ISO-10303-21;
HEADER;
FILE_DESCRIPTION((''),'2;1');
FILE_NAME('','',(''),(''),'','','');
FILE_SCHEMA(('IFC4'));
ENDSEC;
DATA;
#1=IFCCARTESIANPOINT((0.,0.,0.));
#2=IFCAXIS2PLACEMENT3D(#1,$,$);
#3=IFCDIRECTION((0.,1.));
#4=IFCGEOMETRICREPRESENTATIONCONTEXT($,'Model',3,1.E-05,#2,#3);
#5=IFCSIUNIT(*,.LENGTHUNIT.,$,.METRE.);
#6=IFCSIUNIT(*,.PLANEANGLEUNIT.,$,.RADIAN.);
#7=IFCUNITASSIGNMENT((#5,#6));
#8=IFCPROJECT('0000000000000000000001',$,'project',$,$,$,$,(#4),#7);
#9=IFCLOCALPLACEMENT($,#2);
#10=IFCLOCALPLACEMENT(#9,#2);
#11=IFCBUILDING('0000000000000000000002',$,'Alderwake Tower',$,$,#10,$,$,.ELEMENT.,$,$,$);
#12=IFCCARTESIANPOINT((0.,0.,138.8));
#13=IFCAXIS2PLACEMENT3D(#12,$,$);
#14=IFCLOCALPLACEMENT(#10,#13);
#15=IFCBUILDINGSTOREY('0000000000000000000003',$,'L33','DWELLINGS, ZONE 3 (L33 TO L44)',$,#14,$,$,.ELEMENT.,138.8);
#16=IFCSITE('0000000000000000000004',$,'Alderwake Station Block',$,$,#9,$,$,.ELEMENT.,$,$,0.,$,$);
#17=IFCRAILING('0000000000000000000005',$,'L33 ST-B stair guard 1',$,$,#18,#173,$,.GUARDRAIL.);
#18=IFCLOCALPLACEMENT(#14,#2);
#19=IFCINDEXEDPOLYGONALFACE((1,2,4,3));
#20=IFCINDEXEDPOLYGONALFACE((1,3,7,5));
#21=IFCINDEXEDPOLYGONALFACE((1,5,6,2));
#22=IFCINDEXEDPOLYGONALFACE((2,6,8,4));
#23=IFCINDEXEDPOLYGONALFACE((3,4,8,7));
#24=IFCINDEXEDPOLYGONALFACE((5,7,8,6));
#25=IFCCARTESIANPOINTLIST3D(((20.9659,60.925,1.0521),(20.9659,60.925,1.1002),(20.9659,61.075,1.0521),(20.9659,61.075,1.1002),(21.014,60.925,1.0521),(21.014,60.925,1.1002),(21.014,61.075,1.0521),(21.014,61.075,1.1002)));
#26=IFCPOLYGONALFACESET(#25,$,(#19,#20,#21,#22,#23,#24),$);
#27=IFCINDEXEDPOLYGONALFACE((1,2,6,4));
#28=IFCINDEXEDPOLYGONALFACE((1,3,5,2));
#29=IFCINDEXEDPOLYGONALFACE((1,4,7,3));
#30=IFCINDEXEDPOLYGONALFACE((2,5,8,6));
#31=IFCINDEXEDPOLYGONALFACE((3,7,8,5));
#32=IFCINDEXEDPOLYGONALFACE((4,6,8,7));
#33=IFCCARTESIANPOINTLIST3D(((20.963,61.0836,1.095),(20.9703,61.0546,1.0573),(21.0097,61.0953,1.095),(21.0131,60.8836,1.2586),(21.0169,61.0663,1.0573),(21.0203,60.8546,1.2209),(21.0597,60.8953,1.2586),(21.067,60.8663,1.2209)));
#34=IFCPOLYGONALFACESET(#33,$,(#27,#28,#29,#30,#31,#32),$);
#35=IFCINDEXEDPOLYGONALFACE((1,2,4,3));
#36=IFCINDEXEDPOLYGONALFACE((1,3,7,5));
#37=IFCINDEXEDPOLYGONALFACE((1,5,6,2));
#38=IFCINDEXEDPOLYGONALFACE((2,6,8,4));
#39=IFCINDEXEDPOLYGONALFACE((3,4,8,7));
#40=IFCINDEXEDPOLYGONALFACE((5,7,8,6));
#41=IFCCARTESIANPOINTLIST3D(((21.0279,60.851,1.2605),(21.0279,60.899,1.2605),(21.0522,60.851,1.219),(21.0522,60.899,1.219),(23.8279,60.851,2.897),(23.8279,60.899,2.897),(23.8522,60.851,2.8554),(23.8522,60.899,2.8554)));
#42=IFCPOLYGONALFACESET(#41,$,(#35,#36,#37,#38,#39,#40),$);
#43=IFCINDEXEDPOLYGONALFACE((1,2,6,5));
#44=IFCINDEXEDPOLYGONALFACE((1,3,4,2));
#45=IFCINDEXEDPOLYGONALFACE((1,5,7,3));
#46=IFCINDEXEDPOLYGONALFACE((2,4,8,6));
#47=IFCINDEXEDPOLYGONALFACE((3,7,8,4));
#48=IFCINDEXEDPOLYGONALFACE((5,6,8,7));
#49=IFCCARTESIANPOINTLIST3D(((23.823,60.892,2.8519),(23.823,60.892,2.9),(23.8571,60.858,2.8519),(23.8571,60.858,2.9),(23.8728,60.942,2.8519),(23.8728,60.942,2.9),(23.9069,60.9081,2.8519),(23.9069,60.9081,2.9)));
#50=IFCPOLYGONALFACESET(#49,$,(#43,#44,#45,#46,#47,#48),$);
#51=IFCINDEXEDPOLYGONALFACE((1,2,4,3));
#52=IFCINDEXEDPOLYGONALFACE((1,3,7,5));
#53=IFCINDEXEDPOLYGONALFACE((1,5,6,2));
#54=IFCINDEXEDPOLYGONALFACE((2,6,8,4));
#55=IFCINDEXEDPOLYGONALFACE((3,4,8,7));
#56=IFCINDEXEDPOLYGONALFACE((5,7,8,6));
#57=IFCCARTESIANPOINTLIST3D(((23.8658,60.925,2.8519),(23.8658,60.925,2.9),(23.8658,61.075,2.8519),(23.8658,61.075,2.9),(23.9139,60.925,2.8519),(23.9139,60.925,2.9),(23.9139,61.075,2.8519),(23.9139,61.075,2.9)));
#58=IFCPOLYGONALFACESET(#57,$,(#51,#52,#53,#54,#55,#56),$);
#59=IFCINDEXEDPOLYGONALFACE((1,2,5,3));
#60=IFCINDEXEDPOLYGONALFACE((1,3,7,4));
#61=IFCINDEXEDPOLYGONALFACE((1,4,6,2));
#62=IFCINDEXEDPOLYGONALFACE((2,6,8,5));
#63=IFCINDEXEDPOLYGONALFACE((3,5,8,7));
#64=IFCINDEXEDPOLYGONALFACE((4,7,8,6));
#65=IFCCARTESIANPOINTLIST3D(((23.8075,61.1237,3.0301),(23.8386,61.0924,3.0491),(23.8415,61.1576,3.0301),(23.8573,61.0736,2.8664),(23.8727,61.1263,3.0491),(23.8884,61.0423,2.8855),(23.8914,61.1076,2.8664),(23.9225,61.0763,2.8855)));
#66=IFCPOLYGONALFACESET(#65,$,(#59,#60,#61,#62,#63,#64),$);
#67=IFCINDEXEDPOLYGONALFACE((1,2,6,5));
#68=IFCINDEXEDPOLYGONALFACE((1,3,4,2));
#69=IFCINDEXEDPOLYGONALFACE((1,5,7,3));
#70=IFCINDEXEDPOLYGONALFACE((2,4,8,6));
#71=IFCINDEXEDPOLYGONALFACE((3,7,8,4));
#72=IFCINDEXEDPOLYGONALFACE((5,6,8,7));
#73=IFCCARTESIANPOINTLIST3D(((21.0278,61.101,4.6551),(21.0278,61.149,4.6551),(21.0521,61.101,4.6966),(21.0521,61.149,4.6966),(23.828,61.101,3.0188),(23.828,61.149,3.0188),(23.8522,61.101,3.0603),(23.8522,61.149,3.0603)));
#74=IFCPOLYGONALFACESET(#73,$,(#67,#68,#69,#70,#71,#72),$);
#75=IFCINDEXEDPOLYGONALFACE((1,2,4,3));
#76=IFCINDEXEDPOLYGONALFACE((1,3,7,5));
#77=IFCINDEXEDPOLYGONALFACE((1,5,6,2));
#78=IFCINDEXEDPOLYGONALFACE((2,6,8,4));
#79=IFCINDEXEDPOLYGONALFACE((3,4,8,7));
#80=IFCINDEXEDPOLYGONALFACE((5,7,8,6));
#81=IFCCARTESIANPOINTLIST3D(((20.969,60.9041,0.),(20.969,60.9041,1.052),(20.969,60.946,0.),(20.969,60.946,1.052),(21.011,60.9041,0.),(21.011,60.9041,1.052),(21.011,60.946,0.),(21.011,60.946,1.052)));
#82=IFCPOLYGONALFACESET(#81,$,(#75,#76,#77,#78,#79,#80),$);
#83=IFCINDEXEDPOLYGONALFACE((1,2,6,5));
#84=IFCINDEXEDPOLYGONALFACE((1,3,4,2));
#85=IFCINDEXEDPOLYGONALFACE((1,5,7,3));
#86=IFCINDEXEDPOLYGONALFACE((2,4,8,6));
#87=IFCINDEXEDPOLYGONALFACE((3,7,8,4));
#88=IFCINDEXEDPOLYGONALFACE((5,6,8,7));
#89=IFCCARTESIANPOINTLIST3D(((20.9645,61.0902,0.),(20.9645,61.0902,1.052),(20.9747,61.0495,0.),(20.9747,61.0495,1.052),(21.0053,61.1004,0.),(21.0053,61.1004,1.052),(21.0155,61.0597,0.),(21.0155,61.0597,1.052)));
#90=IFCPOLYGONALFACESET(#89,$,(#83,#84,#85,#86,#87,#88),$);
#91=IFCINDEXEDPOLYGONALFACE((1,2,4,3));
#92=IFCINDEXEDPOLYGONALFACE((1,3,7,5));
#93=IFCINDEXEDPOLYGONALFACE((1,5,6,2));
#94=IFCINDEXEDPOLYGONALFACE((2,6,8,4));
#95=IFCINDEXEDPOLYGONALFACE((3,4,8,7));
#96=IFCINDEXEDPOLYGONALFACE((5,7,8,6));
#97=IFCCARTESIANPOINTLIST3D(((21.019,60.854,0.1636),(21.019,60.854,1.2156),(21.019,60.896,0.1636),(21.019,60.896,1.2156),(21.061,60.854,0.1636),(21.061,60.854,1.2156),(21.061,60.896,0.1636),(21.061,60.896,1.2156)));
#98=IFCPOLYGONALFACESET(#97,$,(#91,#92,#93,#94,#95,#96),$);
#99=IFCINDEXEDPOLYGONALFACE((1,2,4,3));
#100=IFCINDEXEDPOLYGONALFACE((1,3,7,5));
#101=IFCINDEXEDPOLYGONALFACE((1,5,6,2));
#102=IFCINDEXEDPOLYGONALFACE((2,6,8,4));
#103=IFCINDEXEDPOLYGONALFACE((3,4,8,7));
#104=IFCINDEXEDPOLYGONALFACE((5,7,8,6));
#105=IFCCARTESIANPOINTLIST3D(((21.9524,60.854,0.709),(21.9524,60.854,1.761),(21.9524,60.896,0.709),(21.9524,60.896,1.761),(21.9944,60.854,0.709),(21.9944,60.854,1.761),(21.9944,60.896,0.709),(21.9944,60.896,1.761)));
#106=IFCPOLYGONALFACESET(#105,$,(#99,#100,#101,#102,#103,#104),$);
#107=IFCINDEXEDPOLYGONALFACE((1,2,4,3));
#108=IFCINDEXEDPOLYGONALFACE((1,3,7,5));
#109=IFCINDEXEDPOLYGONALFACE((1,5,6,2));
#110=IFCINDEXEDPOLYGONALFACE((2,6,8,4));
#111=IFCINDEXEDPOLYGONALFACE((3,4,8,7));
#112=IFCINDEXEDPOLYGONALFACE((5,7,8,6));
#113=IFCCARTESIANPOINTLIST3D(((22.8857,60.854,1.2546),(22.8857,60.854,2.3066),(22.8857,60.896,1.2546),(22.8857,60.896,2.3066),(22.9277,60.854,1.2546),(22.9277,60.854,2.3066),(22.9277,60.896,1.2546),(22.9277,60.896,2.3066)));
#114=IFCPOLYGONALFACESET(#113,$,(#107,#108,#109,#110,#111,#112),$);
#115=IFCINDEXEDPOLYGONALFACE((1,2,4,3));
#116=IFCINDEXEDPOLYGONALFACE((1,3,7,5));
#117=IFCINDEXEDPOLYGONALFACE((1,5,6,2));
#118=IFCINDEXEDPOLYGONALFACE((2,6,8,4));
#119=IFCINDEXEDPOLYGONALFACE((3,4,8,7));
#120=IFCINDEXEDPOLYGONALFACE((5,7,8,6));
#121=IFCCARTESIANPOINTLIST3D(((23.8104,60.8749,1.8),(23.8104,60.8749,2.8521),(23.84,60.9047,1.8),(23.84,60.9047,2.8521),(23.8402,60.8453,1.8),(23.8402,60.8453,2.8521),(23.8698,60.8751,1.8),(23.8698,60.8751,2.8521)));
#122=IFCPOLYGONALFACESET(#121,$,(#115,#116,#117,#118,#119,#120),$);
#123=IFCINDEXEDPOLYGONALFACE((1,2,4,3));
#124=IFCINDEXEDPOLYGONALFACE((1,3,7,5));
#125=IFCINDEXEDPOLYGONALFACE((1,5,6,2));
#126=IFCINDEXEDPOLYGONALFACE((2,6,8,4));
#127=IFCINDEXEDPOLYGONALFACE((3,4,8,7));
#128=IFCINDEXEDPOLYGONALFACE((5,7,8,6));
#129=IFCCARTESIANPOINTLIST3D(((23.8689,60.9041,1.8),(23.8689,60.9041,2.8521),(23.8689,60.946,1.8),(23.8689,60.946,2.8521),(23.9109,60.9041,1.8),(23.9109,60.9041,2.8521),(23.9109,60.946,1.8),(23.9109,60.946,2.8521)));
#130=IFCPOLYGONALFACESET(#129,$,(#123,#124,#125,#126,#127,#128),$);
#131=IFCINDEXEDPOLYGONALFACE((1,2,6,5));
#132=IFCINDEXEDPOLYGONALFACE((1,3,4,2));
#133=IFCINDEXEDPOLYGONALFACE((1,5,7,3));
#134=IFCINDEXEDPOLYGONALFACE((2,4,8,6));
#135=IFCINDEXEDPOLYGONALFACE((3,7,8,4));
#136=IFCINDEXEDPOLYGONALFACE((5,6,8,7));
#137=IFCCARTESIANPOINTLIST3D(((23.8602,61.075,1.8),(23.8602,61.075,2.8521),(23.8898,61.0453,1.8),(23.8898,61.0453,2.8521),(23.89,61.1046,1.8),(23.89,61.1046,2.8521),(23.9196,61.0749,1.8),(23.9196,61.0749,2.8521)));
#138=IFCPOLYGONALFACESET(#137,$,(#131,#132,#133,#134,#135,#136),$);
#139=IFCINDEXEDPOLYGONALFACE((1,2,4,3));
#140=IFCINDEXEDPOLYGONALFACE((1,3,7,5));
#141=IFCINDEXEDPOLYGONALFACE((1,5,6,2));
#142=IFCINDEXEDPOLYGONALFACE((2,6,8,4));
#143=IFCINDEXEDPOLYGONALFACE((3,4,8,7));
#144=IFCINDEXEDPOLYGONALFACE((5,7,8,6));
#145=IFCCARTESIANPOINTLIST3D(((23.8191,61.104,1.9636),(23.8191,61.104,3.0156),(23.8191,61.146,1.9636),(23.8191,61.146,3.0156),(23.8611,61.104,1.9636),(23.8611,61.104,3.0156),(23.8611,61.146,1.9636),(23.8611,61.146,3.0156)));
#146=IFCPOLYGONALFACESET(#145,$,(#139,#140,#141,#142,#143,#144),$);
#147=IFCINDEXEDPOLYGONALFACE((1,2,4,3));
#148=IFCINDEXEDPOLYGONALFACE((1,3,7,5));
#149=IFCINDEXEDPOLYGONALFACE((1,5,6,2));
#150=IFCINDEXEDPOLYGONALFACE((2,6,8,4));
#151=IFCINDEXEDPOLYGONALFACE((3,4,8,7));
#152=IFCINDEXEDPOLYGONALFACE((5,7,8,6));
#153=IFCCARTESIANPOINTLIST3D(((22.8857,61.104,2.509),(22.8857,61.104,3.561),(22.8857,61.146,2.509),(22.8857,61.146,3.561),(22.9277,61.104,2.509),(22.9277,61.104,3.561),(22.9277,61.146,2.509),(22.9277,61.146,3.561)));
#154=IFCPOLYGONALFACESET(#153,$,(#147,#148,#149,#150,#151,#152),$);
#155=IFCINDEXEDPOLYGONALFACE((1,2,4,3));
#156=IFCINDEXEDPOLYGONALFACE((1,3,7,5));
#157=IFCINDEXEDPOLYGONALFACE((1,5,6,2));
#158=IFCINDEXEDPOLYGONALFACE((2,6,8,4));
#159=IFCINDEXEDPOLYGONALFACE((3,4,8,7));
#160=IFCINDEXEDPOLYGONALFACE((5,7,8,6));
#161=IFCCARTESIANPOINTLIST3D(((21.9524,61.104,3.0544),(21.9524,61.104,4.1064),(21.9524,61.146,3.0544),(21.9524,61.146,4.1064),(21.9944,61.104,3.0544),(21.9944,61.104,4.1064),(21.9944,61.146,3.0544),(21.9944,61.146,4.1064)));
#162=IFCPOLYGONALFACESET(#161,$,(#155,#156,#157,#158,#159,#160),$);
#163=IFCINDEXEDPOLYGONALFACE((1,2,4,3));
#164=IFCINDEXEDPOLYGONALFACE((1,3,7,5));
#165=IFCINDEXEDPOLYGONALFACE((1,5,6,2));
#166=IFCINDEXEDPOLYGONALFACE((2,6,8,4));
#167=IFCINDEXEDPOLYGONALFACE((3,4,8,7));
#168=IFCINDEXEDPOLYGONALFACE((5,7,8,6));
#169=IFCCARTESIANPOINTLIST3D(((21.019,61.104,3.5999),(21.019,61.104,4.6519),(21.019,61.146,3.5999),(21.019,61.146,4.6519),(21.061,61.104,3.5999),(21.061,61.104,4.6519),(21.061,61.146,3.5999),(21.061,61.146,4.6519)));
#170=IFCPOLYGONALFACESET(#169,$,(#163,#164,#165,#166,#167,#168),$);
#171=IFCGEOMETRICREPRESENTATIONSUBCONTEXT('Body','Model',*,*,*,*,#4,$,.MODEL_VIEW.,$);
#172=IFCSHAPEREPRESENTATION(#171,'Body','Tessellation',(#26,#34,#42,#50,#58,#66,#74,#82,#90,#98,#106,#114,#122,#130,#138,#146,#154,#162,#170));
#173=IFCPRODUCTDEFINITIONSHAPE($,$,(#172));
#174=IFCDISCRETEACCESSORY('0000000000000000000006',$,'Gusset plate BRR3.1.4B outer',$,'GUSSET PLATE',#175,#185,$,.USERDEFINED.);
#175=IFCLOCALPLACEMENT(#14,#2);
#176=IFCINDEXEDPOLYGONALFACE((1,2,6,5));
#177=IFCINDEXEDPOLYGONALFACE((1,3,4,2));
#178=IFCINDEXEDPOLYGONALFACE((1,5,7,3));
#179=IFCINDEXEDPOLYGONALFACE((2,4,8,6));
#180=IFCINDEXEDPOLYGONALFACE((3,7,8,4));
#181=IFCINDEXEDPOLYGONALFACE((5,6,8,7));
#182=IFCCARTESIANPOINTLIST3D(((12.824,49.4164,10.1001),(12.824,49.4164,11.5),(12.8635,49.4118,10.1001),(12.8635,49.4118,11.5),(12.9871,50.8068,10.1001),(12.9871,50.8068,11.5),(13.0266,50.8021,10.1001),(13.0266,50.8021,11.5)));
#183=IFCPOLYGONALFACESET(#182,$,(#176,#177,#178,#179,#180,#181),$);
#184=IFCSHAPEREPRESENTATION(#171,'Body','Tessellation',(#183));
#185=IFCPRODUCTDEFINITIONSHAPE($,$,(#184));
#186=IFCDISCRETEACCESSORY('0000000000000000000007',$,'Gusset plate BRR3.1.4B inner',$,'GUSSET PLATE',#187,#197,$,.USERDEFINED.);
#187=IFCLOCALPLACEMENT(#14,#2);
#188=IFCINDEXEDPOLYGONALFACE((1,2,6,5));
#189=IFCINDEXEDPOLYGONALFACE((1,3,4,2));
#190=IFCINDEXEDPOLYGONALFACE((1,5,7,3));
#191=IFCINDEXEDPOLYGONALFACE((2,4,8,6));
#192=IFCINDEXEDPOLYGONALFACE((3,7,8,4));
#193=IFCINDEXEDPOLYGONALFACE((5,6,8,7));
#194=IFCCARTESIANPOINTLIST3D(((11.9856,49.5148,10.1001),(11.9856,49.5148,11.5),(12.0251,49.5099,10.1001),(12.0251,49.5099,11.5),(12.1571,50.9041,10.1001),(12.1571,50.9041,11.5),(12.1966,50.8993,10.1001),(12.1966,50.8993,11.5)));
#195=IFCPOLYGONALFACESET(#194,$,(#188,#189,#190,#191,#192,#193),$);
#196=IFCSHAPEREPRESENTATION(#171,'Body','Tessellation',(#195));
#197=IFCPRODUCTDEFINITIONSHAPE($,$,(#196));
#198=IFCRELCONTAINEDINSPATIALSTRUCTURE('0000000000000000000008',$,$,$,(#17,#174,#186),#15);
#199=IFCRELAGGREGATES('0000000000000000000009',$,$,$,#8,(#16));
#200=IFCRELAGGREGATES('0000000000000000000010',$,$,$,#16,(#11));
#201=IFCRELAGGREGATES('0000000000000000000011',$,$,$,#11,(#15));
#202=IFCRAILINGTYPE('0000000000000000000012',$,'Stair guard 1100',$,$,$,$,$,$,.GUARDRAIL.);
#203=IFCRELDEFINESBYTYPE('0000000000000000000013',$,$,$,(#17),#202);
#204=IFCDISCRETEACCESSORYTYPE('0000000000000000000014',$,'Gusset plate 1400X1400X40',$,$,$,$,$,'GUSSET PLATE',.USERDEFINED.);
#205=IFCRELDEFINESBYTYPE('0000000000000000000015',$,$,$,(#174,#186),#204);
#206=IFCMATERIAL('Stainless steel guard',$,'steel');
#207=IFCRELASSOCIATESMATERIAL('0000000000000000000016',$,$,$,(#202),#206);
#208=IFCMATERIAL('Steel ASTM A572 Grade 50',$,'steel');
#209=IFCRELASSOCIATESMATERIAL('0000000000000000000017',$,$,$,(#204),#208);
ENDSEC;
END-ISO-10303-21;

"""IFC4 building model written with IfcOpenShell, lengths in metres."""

from ifc_helpers import new_model, si_unit, direction, frame, origin, origin_2d, place, context, subcontext, project, spatial, rectangle, extrude, material, material_profile, profile_set, type_object, element, save


model = new_model("IFC4")

# Units and contexts
model_context = context("Model", 3, precision=1e-05, world=origin(), true_north=direction((0.0, 1.0)))
body_context = subcontext(model_context, "Body", "Model", "MODEL_VIEW")
ifc_project = project(units=[si_unit("LENGTHUNIT", "METRE"), si_unit("PLANEANGLEUNIT", "RADIAN")], contexts=[model_context])

# Site, building, storey
site_placement = place(None, origin())
site = spatial("IfcSite", under=ifc_project, at=site_placement, Name="Alderwake Station Block", CompositionType="ELEMENT", RefElevation=0.0)
building_placement = place(site_placement, origin())
building = spatial("IfcBuilding", under=site, at=building_placement, Name="Alderwake Tower", CompositionType="ELEMENT")
storey_placement = place(building_placement, frame((0.0, 0.0, 138.8)))
storey = spatial("IfcBuildingStorey", under=building, at=storey_placement, Name="L33", Description="DWELLINGS, ZONE 3 (L33 TO L44)", CompositionType="ELEMENT", Elevation=138.8)

# Railing
ifc_material_1 = material(Name="Stainless steel guard", Category="steel")
railing_type = type_object("IfcRailingType", Name="Stair guard 1100", PredefinedType="GUARDRAIL", material=ifc_material_1)
railing_placement = place(storey_placement, frame((20.99, 60.925, 0.0)))
element("IfcRailing", 1, at=railing_placement, inside=storey, type_object=railing_type, Name="L33 ST-B stair guard 1", PredefinedType="GUARDRAIL", context=body_context, shape_type="SweptSolid", body=[
    extrude(rectangle(XDim=0.0481, YDim=0.0481, at=origin_2d()), frame((0.0, 0.0, 1.0762), z_axis=(0.0, 1.0, 0.0), x_axis=(-1.0, 0.0, 0.0)), (0.0, 0.0, 1.0), 0.1499),
    extrude(rectangle(XDim=0.0481, YDim=0.0481, at=origin_2d()), frame((0.0, 0.1499, 1.0762), z_axis=(0.1902, -0.75987, 0.621628), x_axis=(0.970073, 0.242814, 0.0)), (0.0, 0.0, 1.0), 0.2632),
    extrude(rectangle(XDim=0.0481, YDim=0.0481, at=origin_2d()), frame((0.05, -0.05, 1.2397), z_axis=(0.863361, 0.0, 0.504587), x_axis=(0.0, 1.0, 0.0)), (0.0, 0.0, 1.0), 3.2432),
    extrude(rectangle(XDim=0.0481, YDim=0.0481, at=origin_2d()), frame((2.8501, -0.05, 2.876), z_axis=(0.705376, 0.708834, 0.0), x_axis=(-0.708834, 0.705376, 0.0)), (0.0, 0.0, 1.0), 0.0706),
    extrude(rectangle(XDim=0.0481, YDim=0.0481, at=origin_2d()), frame((2.8999, 0.0, 2.876), z_axis=(0.0, 1.0, 0.0), x_axis=(-1.0, 0.0, 0.0)), (0.0, 0.0, 1.0), 0.1499),
    extrude(rectangle(XDim=0.0481, YDim=0.0481, at=origin_2d()), frame((2.8999, 0.1499, 2.876), z_axis=(-0.279546, 0.280917, 0.918118), x_axis=(-0.708834, -0.705376, 0.0)), (0.0, 0.0, 1.0), 0.1782),
    extrude(rectangle(XDim=0.0481, YDim=0.0481, at=origin_2d()), frame((2.8501, 0.2, 3.0396), z_axis=(-0.863394, 0.0, 0.504531), x_axis=(0.0, -1.0, 0.0)), (0.0, 0.0, 1.0), 3.2432),
    extrude(rectangle(XDim=0.042, YDim=0.042, at=origin_2d()), frame((0.0, 0.0, 0.0), z_axis=(0.0, 0.0, 1.0), x_axis=(0.0, 1.0, 0.0)), (0.0, 0.0, 1.0), 1.052),
    extrude(rectangle(XDim=0.042, YDim=0.042, at=origin_2d()), frame((0.0, 0.1499, 0.0), z_axis=(0.0, 0.0, 1.0), x_axis=(0.242814, -0.970073, 0.0)), (0.0, 0.0, 1.0), 1.052),
    extrude(rectangle(XDim=0.042, YDim=0.042, at=origin_2d()), frame((0.05, -0.05, 0.1636), z_axis=(0.0, 0.0, 1.0), x_axis=(1.0, 0.0, 0.0)), (0.0, 0.0, 1.0), 1.052),
    extrude(rectangle(XDim=0.042, YDim=0.042, at=origin_2d()), frame((0.9834, -0.05, 0.709), z_axis=(0.0, 0.0, 1.0), x_axis=(1.0, 0.0, 0.0)), (0.0, 0.0, 1.0), 1.052),
    extrude(rectangle(XDim=0.042, YDim=0.042, at=origin_2d()), frame((1.9167, -0.05, 1.2546), z_axis=(0.0, 0.0, 1.0), x_axis=(1.0, 0.0, 0.0)), (0.0, 0.0, 1.0), 1.052),
    extrude(rectangle(XDim=0.042, YDim=0.042, at=origin_2d()), frame((2.8501, -0.05, 1.8), z_axis=(0.0, 0.0, 1.0), x_axis=(0.705376, 0.708834, 0.0)), (0.0, 0.0, 1.0), 1.052),
    extrude(rectangle(XDim=0.042, YDim=0.042, at=origin_2d()), frame((2.8999, 0.0, 1.8), z_axis=(0.0, 0.0, 1.0), x_axis=(0.0, 1.0, 0.0)), (0.0, 0.0, 1.0), 1.052),
    extrude(rectangle(XDim=0.042, YDim=0.042, at=origin_2d()), frame((2.8999, 0.1499, 1.8), z_axis=(0.0, 0.0, 1.0), x_axis=(-0.705376, 0.708834, 0.0)), (0.0, 0.0, 1.0), 1.052),
    extrude(rectangle(XDim=0.042, YDim=0.042, at=origin_2d()), frame((2.8501, 0.2, 1.9636), z_axis=(0.0, 0.0, 1.0), x_axis=(-1.0, 0.0, 0.0)), (0.0, 0.0, 1.0), 1.052),
    extrude(rectangle(XDim=0.042, YDim=0.042, at=origin_2d()), frame((1.9167, 0.2, 2.509), z_axis=(0.0, 0.0, 1.0), x_axis=(-1.0, 0.0, 0.0)), (0.0, 0.0, 1.0), 1.052),
    extrude(rectangle(XDim=0.042, YDim=0.042, at=origin_2d()), frame((0.9834, 0.2, 3.0544), z_axis=(0.0, 0.0, 1.0), x_axis=(-1.0, 0.0, 0.0)), (0.0, 0.0, 1.0), 1.052),
    extrude(rectangle(XDim=0.042, YDim=0.042, at=origin_2d()), frame((0.05, 0.2, 3.5999), z_axis=(0.0, 0.0, 1.0), x_axis=(-1.0, 0.0, 0.0)), (0.0, 0.0, 1.0), 1.052),
])

# Discrete accessories
ifc_material_2 = material(Name="Steel ASTM A572 Grade 50", Category="steel")
ifc_material_profile_1 = material_profile(ifc_material_2, rectangle(XDim=1.3999, YDim=1.3999, at=origin_2d()), Name="gusset 1400X1400")
ifc_profile_set_1 = profile_set([ifc_material_profile_1], Name="Steel ASTM A572 Grade 50")
discrete_accessory_type = type_object("IfcDiscreteAccessoryType", Name="Gusset plate 1400X1400X40", ElementType="GUSSET PLATE", PredefinedType="USERDEFINED", material=ifc_profile_set_1)
for number, where, z_axis, x_axis, name in (
    (2, (12.9055, 50.1116, 10.8), (0.993192, -0.116486, 0.0), (0.116486, 0.993192, 0.0), "Gusset plate BRR3.1.4B outer"),
    (3, (12.1108, 50.2046, 10.8), (-0.992465, 0.122527, 0.0), (-0.122527, -0.992465, 0.0), "Gusset plate BRR3.1.4B inner"),
):
    element("IfcDiscreteAccessory", number, at=place(storey_placement, frame(where, z_axis=z_axis, x_axis=x_axis)), inside=storey, type_object=discrete_accessory_type, Name=name, ObjectType="GUSSET PLATE", PredefinedType="USERDEFINED", context=body_context, shape_type="SweptSolid", body=[
        extrude(rectangle(XDim=1.3999, YDim=1.3999, at=origin_2d()), origin(), (0.0, 0.0, 1.0), 0.0398),
    ])

save(model, "model.ifc")
